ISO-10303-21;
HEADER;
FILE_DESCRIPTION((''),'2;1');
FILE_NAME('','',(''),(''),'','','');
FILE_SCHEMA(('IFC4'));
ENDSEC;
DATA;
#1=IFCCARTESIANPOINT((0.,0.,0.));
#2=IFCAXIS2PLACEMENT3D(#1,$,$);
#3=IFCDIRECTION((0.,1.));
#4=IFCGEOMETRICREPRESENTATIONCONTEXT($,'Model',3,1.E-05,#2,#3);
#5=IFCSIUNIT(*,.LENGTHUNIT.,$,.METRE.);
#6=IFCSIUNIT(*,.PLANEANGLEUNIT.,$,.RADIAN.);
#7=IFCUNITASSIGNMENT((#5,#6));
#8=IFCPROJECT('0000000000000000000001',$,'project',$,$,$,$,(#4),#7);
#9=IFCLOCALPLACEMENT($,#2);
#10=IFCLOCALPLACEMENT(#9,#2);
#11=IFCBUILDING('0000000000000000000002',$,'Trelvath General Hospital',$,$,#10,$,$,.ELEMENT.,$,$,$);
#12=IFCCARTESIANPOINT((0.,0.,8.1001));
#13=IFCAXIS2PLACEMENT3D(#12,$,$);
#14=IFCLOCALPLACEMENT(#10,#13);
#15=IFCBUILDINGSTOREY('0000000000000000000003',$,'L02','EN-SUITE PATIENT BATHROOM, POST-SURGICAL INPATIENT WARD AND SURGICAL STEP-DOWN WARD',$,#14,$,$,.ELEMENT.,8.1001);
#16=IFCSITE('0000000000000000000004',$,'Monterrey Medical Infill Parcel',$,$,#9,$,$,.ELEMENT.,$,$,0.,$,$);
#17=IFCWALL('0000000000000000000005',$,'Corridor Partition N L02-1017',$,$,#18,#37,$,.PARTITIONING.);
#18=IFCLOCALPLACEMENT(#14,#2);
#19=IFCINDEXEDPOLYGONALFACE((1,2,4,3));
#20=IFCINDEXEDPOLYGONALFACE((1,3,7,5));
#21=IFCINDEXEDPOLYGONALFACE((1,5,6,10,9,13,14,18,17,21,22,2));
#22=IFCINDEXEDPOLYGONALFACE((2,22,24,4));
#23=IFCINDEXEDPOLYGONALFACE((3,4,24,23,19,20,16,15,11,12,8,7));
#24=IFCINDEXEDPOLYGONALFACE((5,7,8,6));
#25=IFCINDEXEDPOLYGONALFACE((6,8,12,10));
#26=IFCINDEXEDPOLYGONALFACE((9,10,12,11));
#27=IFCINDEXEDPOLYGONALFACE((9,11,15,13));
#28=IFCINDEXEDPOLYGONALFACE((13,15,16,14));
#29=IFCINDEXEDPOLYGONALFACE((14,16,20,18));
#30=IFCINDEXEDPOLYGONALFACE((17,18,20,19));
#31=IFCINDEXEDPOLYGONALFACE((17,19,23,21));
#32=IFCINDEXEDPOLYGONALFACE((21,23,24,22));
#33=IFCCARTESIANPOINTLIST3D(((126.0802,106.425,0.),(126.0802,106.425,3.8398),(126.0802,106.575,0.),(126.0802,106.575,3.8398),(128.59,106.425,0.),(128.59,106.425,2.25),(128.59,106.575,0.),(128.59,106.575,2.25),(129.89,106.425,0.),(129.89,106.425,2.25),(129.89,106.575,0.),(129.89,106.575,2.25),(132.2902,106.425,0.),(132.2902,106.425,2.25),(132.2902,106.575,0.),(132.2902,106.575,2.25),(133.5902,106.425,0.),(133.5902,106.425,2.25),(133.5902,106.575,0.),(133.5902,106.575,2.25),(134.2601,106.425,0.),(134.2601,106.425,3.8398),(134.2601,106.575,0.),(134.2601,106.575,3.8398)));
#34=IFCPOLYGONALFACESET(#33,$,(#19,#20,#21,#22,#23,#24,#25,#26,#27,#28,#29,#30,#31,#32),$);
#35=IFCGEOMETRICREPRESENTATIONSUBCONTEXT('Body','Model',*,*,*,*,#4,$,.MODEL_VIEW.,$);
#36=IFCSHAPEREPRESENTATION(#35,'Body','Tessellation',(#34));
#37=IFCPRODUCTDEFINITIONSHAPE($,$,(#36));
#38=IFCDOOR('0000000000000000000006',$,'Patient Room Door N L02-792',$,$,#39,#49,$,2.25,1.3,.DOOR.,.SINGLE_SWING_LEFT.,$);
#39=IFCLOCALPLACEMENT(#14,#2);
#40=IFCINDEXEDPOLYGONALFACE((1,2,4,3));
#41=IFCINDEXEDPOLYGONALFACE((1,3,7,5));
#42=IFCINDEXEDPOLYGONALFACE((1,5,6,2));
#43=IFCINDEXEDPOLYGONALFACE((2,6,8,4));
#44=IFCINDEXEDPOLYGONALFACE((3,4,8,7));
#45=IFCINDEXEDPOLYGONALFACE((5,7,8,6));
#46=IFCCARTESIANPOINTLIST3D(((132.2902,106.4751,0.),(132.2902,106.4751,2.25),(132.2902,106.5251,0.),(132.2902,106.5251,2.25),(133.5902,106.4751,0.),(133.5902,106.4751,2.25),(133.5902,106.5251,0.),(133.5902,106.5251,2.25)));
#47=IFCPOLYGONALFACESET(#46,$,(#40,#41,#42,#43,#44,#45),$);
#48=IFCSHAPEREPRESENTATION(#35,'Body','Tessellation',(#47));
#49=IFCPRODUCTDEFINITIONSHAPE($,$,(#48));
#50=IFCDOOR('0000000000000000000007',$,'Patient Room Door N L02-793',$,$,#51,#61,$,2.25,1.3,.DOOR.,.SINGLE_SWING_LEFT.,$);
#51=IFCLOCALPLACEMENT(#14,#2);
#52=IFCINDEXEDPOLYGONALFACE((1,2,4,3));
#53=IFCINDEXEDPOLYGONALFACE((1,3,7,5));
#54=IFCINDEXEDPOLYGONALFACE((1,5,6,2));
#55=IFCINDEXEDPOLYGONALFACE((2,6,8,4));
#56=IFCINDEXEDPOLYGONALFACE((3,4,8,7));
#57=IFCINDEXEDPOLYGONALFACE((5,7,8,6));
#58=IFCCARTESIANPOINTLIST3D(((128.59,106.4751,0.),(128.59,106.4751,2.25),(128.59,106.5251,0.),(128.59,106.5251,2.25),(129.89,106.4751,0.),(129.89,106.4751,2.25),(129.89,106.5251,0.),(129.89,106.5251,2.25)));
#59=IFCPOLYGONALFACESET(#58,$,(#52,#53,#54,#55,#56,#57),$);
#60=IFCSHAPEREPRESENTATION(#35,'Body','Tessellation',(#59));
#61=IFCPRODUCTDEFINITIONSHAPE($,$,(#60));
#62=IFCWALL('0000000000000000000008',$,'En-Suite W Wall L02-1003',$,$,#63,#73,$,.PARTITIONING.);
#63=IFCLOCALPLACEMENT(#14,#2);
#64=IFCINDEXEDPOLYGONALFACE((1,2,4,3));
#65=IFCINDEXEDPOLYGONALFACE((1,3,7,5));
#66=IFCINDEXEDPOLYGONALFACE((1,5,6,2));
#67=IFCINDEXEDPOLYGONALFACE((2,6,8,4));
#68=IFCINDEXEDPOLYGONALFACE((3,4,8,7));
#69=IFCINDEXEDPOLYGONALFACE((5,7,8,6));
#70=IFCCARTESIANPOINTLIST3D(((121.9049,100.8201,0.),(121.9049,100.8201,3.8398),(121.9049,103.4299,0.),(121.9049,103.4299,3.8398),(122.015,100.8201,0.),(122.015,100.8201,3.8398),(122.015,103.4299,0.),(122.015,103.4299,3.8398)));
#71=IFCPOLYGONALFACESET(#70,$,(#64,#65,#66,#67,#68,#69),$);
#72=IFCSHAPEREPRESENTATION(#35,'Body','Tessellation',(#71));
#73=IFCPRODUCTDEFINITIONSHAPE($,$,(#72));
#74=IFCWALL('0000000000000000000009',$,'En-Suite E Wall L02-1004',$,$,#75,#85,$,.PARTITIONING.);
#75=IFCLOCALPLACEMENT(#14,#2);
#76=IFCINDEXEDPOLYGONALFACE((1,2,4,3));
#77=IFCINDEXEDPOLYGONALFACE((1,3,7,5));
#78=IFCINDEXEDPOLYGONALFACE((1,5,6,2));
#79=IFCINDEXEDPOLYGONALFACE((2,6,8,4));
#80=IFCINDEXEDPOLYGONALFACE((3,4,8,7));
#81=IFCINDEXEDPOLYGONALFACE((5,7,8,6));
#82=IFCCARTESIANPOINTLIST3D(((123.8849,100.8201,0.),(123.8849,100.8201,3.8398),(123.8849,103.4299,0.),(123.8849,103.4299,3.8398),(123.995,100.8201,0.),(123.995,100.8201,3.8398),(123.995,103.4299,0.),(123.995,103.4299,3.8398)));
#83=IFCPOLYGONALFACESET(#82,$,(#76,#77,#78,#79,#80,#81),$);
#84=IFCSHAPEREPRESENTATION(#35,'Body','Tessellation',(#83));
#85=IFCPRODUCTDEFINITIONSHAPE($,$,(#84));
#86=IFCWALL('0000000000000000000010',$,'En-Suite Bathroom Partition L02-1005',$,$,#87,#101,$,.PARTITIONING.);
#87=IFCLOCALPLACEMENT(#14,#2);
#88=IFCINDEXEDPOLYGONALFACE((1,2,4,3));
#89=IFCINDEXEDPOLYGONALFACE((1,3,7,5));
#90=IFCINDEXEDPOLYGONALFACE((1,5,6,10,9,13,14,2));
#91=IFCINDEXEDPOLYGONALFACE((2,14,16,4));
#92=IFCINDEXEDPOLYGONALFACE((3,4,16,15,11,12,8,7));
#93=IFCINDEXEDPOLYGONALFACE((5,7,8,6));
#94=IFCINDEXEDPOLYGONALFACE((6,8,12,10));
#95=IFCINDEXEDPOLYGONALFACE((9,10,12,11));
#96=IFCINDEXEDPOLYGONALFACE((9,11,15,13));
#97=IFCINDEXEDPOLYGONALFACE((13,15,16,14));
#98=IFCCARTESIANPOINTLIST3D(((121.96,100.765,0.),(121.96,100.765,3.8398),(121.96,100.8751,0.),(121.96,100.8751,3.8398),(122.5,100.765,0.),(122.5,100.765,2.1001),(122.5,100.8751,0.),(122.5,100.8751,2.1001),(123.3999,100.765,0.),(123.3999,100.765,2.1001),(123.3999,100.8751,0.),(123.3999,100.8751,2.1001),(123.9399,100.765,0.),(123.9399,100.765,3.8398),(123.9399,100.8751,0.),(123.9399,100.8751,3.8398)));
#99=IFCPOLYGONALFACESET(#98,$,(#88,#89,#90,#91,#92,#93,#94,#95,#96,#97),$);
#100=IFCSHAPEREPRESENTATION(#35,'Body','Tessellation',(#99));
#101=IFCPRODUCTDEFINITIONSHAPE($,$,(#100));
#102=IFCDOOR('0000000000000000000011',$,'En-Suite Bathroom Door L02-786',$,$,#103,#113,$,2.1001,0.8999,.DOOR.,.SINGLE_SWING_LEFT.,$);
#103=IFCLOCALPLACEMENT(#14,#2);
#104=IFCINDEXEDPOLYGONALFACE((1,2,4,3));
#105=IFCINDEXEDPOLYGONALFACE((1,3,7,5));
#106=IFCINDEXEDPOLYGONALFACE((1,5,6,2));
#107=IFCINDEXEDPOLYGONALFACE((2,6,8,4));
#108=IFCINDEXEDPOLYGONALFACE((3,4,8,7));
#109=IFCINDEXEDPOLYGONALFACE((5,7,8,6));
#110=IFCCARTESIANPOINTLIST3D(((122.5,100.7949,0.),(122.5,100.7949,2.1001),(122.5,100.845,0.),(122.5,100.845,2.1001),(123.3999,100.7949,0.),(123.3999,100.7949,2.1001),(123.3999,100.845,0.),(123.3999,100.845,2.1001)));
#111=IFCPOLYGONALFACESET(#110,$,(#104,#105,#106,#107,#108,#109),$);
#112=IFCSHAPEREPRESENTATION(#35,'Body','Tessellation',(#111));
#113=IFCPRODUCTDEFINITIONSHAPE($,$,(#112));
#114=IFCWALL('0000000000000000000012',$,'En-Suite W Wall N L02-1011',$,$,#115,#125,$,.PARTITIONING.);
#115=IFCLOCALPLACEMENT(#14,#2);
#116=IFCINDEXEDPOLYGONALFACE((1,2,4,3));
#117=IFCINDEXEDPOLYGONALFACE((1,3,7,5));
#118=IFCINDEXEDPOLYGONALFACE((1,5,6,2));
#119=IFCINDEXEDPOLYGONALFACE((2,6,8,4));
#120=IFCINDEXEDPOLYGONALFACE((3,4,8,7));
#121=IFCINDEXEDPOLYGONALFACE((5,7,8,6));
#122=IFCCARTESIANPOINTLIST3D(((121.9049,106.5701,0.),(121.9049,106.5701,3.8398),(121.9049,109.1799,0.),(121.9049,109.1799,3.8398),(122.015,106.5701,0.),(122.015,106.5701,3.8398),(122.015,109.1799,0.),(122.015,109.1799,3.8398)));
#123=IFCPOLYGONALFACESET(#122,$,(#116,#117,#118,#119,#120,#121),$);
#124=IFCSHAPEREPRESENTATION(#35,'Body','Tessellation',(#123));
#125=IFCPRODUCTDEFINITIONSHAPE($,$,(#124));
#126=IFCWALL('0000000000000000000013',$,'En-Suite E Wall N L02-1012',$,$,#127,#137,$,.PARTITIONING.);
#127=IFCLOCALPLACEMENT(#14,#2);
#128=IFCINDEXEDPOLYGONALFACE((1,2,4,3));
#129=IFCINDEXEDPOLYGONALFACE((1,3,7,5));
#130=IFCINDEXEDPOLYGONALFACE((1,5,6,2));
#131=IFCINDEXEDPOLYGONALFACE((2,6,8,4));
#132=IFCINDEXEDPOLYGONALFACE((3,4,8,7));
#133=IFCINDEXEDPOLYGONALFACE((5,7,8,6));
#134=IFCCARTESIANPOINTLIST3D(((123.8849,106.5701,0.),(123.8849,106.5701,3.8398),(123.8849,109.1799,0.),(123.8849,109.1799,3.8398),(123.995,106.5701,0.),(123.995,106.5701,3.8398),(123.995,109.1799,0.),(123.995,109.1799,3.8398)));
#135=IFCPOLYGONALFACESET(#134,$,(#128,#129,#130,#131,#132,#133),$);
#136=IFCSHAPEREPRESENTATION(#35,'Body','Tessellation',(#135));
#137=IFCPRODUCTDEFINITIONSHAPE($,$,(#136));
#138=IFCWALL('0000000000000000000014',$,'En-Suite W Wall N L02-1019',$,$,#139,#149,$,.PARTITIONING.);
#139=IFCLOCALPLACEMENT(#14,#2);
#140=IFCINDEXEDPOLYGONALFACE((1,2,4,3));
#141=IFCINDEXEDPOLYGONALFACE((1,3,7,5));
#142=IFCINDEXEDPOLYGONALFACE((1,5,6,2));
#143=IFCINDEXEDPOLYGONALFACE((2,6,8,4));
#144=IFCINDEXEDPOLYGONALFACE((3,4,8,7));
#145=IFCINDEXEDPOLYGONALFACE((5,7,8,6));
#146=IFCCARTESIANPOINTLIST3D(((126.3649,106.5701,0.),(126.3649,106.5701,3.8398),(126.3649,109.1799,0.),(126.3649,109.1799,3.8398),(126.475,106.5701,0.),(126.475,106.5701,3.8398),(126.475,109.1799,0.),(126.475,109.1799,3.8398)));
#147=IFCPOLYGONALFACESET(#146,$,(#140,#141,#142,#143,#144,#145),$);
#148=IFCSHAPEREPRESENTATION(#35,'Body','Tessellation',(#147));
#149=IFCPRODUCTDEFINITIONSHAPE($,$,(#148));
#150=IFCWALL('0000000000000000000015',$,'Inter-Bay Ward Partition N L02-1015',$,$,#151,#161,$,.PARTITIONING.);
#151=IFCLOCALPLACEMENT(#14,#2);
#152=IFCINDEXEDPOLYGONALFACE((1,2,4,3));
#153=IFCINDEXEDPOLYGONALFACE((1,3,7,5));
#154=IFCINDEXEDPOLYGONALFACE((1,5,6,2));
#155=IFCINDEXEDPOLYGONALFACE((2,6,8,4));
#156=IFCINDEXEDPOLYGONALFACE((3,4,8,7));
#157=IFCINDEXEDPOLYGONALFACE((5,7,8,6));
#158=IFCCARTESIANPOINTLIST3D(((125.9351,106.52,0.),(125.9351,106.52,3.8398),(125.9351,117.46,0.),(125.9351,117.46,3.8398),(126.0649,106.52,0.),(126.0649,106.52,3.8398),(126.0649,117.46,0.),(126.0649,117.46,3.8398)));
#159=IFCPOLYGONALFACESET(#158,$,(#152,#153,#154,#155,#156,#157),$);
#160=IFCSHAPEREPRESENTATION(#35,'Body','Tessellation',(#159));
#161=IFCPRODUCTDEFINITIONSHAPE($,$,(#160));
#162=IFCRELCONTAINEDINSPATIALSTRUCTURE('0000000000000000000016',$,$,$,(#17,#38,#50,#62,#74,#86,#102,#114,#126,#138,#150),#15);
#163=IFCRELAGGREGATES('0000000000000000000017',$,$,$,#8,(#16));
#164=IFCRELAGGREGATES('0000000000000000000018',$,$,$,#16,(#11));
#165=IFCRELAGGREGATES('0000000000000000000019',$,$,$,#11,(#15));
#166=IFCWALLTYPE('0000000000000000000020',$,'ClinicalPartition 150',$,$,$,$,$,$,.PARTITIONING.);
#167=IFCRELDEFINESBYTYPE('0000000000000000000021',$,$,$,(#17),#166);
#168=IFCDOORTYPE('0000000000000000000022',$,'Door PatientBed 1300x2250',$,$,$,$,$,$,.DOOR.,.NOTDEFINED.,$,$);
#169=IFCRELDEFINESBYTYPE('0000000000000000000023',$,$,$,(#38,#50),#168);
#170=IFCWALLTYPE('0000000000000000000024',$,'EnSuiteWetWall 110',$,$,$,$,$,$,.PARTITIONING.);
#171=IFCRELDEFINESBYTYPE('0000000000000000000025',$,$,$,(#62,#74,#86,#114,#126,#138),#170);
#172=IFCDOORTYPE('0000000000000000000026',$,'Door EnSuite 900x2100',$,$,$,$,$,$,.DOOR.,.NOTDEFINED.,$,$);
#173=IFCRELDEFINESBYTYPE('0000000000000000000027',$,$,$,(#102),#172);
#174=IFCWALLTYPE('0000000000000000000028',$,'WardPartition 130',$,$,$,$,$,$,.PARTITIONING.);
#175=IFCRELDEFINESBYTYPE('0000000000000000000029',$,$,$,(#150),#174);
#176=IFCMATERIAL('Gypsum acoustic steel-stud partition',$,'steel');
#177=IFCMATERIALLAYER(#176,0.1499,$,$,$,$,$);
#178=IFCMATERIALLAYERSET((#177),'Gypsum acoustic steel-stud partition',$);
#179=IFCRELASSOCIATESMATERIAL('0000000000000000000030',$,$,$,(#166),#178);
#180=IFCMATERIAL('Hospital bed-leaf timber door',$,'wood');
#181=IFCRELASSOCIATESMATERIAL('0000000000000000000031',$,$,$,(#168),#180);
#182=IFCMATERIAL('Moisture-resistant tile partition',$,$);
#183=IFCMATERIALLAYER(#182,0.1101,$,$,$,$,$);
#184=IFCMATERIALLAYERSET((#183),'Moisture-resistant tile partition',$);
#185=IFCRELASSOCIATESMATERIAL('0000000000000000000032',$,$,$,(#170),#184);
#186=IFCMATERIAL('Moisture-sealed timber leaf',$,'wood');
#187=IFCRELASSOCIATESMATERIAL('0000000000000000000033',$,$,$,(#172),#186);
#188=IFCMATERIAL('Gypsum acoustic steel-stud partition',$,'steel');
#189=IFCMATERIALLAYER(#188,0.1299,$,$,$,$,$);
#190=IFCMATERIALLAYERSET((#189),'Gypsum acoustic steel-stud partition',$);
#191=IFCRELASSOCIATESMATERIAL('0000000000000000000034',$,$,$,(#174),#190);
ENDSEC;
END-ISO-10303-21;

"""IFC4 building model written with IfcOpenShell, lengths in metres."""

from ifc_helpers import new_model, si_unit, direction, frame, frame_2d, origin, place, context, subcontext, project, spatial, rectangle, extrude, material, layer, layer_set, type_object, element, fill, save


model = new_model("IFC4")

# Units and contexts
model_context = context("Model", 3, precision=1e-05, world=origin(), true_north=direction((0.0, 1.0)))
body_context = subcontext(model_context, "Body", "Model", "MODEL_VIEW")
ifc_project = project(units=[si_unit("LENGTHUNIT", "METRE"), si_unit("PLANEANGLEUNIT", "RADIAN")], contexts=[model_context])

# Site, building, storey
site_placement = place(None, origin())
site = spatial("IfcSite", under=ifc_project, at=site_placement, Name="Monterrey Medical Infill Parcel", CompositionType="ELEMENT", RefElevation=0.0)
building_placement = place(site_placement, origin())
building = spatial("IfcBuilding", under=site, at=building_placement, Name="Trelvath General Hospital", CompositionType="ELEMENT")
storey_placement = place(building_placement, frame((0.0, 0.0, 8.1001)))
storey = spatial("IfcBuildingStorey", under=building, at=storey_placement, Name="L02", Description="EN-SUITE PATIENT BATHROOM, POST-SURGICAL INPATIENT WARD AND SURGICAL STEP-DOWN WARD", CompositionType="ELEMENT", Elevation=8.1001)

# Shared definitions
ifc_material_1 = material(Name="Gypsum acoustic steel-stud partition", Category="steel")
ifc_layer_1 = layer(ifc_material_1, 0.1499)
ifc_layer_set_1 = layer_set([ifc_layer_1], Name="Gypsum acoustic steel-stud partition")
wall_type_1 = type_object("IfcWallType", Name="ClinicalPartition 150", PredefinedType="PARTITIONING", material=ifc_layer_set_1)
ifc_material_2 = material(Name="Hospital bed-leaf timber door", Category="wood")
door_type_1 = type_object("IfcDoorType", Name="Door PatientBed 1300x2250", OperationType="NOTDEFINED", PredefinedType="DOOR", material=ifc_material_2)

# Wall, openings, doors
wall_1_placement = place(storey_placement, frame((134.26, 106.5, 0.0), z_axis=(0.0, 0.0, 1.0), x_axis=(-1.0, 0.0, 0.0)))
wall_1 = element("IfcWall", 1, at=wall_1_placement, inside=storey, type_object=wall_type_1, Name="Corridor Partition N L02-1017", PredefinedType="PARTITIONING", context=body_context, shape_type="SweptSolid", body=[
    extrude(rectangle(XDim=8.1799, YDim=0.1499, at=frame_2d((4.0898, 0.0))), origin(), (0.0, 0.0, 1.0), 3.8398),
])
opening_1_placement = place(wall_1_placement, frame((0.6699, 0.0, 0.0)))
opening_1 = element("IfcOpeningElement", 2, at=opening_1_placement, cuts=wall_1, PredefinedType="OPENING", context=body_context, shape_type="SweptSolid", body=[
    extrude(rectangle(XDim=1.3, YDim=2.25, at=frame_2d((0.6499, 1.125))), frame((0.0, 0.085, 0.0), z_axis=(0.0, -1.0, 0.0), x_axis=(1.0, 0.0, 0.0)), (0.0, 0.0, 1.0), 0.1699),
])
opening_2_placement = place(wall_1_placement, frame((4.3701, 0.0, 0.0)))
opening_2 = element("IfcOpeningElement", 3, at=opening_2_placement, cuts=wall_1, PredefinedType="OPENING", context=body_context, shape_type="SweptSolid", body=[
    extrude(rectangle(XDim=1.3, YDim=2.25, at=frame_2d((0.6499, 1.125))), frame((0.0, 0.085, 0.0), z_axis=(0.0, -1.0, 0.0), x_axis=(1.0, 0.0, 0.0)), (0.0, 0.0, 1.0), 0.1699),
])
door_1_placement = place(opening_1_placement, origin())
door_1 = element("IfcDoor", 4, at=door_1_placement, inside=storey, type_object=door_type_1, Name="Patient Room Door N L02-792", OperationType="SINGLE_SWING_LEFT", OverallHeight=2.25, OverallWidth=1.3, PredefinedType="DOOR", context=body_context, shape_type="SweptSolid", body=[
    extrude(rectangle(XDim=1.3, YDim=2.25, at=frame_2d((0.6499, 1.125))), frame((0.0, 0.0249, 0.0), z_axis=(0.0, -1.0, 0.0), x_axis=(1.0, 0.0, 0.0)), (0.0, 0.0, 1.0), 0.05),
])
fill(opening_1, door_1)
door_2_placement = place(opening_2_placement, origin())
door_2 = element("IfcDoor", 5, at=door_2_placement, inside=storey, type_object=door_type_1, Name="Patient Room Door N L02-793", OperationType="SINGLE_SWING_LEFT", OverallHeight=2.25, OverallWidth=1.3, PredefinedType="DOOR", context=body_context, shape_type="SweptSolid", body=[
    extrude(rectangle(XDim=1.3, YDim=2.25, at=frame_2d((0.6499, 1.125))), frame((0.0, 0.0249, 0.0), z_axis=(0.0, -1.0, 0.0), x_axis=(1.0, 0.0, 0.0)), (0.0, 0.0, 1.0), 0.05),
])
fill(opening_2, door_2)

# Walls
ifc_material_3 = material(Name="Moisture-resistant tile partition")
ifc_layer_2 = layer(ifc_material_3, 0.1101)
ifc_layer_set_2 = layer_set([ifc_layer_2], Name="Moisture-resistant tile partition")
wall_type_2 = type_object("IfcWallType", Name="EnSuiteWetWall 110", PredefinedType="PARTITIONING", material=ifc_layer_set_2)
for number, where, z_axis, x_axis, name in (
    (6, (121.96, 100.8201, 0.0), (0.0, 0.0, 1.0), (0.0, 1.0, 0.0), "En-Suite W Wall L02-1003"),
    (7, (123.9399, 100.8201, 0.0), (0.0, 0.0, 1.0), (0.0, 1.0, 0.0), "En-Suite E Wall L02-1004"),
):
    element("IfcWall", number, at=place(storey_placement, frame(where, z_axis=z_axis, x_axis=x_axis)), inside=storey, type_object=wall_type_2, Name=name, PredefinedType="PARTITIONING", context=body_context, shape_type="SweptSolid", body=[
        extrude(rectangle(XDim=2.6099, YDim=0.1101, at=frame_2d((1.3049, 0.0))), origin(), (0.0, 0.0, 1.0), 3.8398),
    ])

# Wall, opening, door
wall_2_placement = place(storey_placement, frame((121.96, 100.8201, 0.0), z_axis=(0.0, 0.0, 1.0), x_axis=(1.0, 0.0, 0.0)))
wall_2 = element("IfcWall", 8, at=wall_2_placement, inside=storey, type_object=wall_type_2, Name="En-Suite Bathroom Partition L02-1005", PredefinedType="PARTITIONING", context=body_context, shape_type="SweptSolid", body=[
    extrude(rectangle(XDim=1.98, YDim=0.1101, at=frame_2d((0.99, 0.0))), origin(), (0.0, 0.0, 1.0), 3.8398),
])
opening_3_placement = place(wall_2_placement, frame((0.54, 0.0, 0.0)))
opening_3 = element("IfcOpeningElement", 9, at=opening_3_placement, cuts=wall_2, PredefinedType="OPENING", context=body_context, shape_type="SweptSolid", body=[
    extrude(rectangle(XDim=0.8999, YDim=2.1001, at=frame_2d((0.45, 1.05))), frame((0.0, 0.0649, 0.0), z_axis=(0.0, -1.0, 0.0), x_axis=(1.0, 0.0, 0.0)), (0.0, 0.0, 1.0), 0.1301),
])
ifc_material_4 = material(Name="Moisture-sealed timber leaf", Category="wood")
door_type_2 = type_object("IfcDoorType", Name="Door EnSuite 900x2100", OperationType="NOTDEFINED", PredefinedType="DOOR", material=ifc_material_4)
door_3_placement = place(opening_3_placement, origin())
door_3 = element("IfcDoor", 10, at=door_3_placement, inside=storey, type_object=door_type_2, Name="En-Suite Bathroom Door L02-786", OperationType="SINGLE_SWING_LEFT", OverallHeight=2.1001, OverallWidth=0.8999, PredefinedType="DOOR", context=body_context, shape_type="SweptSolid", body=[
    extrude(rectangle(XDim=0.8999, YDim=2.1001, at=frame_2d((0.45, 1.05))), frame((0.0, 0.0249, 0.0), z_axis=(0.0, -1.0, 0.0), x_axis=(1.0, 0.0, 0.0)), (0.0, 0.0, 1.0), 0.05),
])
fill(opening_3, door_3)

# Walls
for number, where, z_axis, x_axis, name in (
    (11, (121.96, 106.5701, 0.0), (0.0, 0.0, 1.0), (0.0, 1.0, 0.0), "En-Suite W Wall N L02-1011"),
    (12, (123.9399, 106.5701, 0.0), (0.0, 0.0, 1.0), (0.0, 1.0, 0.0), "En-Suite E Wall N L02-1012"),
    (13, (126.4199, 106.5701, 0.0), (0.0, 0.0, 1.0), (0.0, 1.0, 0.0), "En-Suite W Wall N L02-1019"),
):
    element("IfcWall", number, at=place(storey_placement, frame(where, z_axis=z_axis, x_axis=x_axis)), inside=storey, type_object=wall_type_2, Name=name, PredefinedType="PARTITIONING", context=body_context, shape_type="SweptSolid", body=[
        extrude(rectangle(XDim=2.6099, YDim=0.1101, at=frame_2d((1.3049, 0.0))), origin(), (0.0, 0.0, 1.0), 3.8398),
    ])
ifc_material_5 = material(Name="Gypsum acoustic steel-stud partition", Category="steel")
ifc_layer_3 = layer(ifc_material_5, 0.1299)
ifc_layer_set_3 = layer_set([ifc_layer_3], Name="Gypsum acoustic steel-stud partition")
wall_type_3 = type_object("IfcWallType", Name="WardPartition 130", PredefinedType="PARTITIONING", material=ifc_layer_set_3)
wall_3_placement = place(storey_placement, frame((126.0, 106.52, 0.0), z_axis=(0.0, 0.0, 1.0), x_axis=(0.0, 1.0, 0.0)))
element("IfcWall", 14, at=wall_3_placement, inside=storey, type_object=wall_type_3, Name="Inter-Bay Ward Partition N L02-1015", PredefinedType="PARTITIONING", context=body_context, shape_type="SweptSolid", body=[
    extrude(rectangle(XDim=10.9399, YDim=0.1299, at=frame_2d((5.47, 0.0))), origin(), (0.0, 0.0, 1.0), 3.8398),
])

save(model, "model.ifc")
